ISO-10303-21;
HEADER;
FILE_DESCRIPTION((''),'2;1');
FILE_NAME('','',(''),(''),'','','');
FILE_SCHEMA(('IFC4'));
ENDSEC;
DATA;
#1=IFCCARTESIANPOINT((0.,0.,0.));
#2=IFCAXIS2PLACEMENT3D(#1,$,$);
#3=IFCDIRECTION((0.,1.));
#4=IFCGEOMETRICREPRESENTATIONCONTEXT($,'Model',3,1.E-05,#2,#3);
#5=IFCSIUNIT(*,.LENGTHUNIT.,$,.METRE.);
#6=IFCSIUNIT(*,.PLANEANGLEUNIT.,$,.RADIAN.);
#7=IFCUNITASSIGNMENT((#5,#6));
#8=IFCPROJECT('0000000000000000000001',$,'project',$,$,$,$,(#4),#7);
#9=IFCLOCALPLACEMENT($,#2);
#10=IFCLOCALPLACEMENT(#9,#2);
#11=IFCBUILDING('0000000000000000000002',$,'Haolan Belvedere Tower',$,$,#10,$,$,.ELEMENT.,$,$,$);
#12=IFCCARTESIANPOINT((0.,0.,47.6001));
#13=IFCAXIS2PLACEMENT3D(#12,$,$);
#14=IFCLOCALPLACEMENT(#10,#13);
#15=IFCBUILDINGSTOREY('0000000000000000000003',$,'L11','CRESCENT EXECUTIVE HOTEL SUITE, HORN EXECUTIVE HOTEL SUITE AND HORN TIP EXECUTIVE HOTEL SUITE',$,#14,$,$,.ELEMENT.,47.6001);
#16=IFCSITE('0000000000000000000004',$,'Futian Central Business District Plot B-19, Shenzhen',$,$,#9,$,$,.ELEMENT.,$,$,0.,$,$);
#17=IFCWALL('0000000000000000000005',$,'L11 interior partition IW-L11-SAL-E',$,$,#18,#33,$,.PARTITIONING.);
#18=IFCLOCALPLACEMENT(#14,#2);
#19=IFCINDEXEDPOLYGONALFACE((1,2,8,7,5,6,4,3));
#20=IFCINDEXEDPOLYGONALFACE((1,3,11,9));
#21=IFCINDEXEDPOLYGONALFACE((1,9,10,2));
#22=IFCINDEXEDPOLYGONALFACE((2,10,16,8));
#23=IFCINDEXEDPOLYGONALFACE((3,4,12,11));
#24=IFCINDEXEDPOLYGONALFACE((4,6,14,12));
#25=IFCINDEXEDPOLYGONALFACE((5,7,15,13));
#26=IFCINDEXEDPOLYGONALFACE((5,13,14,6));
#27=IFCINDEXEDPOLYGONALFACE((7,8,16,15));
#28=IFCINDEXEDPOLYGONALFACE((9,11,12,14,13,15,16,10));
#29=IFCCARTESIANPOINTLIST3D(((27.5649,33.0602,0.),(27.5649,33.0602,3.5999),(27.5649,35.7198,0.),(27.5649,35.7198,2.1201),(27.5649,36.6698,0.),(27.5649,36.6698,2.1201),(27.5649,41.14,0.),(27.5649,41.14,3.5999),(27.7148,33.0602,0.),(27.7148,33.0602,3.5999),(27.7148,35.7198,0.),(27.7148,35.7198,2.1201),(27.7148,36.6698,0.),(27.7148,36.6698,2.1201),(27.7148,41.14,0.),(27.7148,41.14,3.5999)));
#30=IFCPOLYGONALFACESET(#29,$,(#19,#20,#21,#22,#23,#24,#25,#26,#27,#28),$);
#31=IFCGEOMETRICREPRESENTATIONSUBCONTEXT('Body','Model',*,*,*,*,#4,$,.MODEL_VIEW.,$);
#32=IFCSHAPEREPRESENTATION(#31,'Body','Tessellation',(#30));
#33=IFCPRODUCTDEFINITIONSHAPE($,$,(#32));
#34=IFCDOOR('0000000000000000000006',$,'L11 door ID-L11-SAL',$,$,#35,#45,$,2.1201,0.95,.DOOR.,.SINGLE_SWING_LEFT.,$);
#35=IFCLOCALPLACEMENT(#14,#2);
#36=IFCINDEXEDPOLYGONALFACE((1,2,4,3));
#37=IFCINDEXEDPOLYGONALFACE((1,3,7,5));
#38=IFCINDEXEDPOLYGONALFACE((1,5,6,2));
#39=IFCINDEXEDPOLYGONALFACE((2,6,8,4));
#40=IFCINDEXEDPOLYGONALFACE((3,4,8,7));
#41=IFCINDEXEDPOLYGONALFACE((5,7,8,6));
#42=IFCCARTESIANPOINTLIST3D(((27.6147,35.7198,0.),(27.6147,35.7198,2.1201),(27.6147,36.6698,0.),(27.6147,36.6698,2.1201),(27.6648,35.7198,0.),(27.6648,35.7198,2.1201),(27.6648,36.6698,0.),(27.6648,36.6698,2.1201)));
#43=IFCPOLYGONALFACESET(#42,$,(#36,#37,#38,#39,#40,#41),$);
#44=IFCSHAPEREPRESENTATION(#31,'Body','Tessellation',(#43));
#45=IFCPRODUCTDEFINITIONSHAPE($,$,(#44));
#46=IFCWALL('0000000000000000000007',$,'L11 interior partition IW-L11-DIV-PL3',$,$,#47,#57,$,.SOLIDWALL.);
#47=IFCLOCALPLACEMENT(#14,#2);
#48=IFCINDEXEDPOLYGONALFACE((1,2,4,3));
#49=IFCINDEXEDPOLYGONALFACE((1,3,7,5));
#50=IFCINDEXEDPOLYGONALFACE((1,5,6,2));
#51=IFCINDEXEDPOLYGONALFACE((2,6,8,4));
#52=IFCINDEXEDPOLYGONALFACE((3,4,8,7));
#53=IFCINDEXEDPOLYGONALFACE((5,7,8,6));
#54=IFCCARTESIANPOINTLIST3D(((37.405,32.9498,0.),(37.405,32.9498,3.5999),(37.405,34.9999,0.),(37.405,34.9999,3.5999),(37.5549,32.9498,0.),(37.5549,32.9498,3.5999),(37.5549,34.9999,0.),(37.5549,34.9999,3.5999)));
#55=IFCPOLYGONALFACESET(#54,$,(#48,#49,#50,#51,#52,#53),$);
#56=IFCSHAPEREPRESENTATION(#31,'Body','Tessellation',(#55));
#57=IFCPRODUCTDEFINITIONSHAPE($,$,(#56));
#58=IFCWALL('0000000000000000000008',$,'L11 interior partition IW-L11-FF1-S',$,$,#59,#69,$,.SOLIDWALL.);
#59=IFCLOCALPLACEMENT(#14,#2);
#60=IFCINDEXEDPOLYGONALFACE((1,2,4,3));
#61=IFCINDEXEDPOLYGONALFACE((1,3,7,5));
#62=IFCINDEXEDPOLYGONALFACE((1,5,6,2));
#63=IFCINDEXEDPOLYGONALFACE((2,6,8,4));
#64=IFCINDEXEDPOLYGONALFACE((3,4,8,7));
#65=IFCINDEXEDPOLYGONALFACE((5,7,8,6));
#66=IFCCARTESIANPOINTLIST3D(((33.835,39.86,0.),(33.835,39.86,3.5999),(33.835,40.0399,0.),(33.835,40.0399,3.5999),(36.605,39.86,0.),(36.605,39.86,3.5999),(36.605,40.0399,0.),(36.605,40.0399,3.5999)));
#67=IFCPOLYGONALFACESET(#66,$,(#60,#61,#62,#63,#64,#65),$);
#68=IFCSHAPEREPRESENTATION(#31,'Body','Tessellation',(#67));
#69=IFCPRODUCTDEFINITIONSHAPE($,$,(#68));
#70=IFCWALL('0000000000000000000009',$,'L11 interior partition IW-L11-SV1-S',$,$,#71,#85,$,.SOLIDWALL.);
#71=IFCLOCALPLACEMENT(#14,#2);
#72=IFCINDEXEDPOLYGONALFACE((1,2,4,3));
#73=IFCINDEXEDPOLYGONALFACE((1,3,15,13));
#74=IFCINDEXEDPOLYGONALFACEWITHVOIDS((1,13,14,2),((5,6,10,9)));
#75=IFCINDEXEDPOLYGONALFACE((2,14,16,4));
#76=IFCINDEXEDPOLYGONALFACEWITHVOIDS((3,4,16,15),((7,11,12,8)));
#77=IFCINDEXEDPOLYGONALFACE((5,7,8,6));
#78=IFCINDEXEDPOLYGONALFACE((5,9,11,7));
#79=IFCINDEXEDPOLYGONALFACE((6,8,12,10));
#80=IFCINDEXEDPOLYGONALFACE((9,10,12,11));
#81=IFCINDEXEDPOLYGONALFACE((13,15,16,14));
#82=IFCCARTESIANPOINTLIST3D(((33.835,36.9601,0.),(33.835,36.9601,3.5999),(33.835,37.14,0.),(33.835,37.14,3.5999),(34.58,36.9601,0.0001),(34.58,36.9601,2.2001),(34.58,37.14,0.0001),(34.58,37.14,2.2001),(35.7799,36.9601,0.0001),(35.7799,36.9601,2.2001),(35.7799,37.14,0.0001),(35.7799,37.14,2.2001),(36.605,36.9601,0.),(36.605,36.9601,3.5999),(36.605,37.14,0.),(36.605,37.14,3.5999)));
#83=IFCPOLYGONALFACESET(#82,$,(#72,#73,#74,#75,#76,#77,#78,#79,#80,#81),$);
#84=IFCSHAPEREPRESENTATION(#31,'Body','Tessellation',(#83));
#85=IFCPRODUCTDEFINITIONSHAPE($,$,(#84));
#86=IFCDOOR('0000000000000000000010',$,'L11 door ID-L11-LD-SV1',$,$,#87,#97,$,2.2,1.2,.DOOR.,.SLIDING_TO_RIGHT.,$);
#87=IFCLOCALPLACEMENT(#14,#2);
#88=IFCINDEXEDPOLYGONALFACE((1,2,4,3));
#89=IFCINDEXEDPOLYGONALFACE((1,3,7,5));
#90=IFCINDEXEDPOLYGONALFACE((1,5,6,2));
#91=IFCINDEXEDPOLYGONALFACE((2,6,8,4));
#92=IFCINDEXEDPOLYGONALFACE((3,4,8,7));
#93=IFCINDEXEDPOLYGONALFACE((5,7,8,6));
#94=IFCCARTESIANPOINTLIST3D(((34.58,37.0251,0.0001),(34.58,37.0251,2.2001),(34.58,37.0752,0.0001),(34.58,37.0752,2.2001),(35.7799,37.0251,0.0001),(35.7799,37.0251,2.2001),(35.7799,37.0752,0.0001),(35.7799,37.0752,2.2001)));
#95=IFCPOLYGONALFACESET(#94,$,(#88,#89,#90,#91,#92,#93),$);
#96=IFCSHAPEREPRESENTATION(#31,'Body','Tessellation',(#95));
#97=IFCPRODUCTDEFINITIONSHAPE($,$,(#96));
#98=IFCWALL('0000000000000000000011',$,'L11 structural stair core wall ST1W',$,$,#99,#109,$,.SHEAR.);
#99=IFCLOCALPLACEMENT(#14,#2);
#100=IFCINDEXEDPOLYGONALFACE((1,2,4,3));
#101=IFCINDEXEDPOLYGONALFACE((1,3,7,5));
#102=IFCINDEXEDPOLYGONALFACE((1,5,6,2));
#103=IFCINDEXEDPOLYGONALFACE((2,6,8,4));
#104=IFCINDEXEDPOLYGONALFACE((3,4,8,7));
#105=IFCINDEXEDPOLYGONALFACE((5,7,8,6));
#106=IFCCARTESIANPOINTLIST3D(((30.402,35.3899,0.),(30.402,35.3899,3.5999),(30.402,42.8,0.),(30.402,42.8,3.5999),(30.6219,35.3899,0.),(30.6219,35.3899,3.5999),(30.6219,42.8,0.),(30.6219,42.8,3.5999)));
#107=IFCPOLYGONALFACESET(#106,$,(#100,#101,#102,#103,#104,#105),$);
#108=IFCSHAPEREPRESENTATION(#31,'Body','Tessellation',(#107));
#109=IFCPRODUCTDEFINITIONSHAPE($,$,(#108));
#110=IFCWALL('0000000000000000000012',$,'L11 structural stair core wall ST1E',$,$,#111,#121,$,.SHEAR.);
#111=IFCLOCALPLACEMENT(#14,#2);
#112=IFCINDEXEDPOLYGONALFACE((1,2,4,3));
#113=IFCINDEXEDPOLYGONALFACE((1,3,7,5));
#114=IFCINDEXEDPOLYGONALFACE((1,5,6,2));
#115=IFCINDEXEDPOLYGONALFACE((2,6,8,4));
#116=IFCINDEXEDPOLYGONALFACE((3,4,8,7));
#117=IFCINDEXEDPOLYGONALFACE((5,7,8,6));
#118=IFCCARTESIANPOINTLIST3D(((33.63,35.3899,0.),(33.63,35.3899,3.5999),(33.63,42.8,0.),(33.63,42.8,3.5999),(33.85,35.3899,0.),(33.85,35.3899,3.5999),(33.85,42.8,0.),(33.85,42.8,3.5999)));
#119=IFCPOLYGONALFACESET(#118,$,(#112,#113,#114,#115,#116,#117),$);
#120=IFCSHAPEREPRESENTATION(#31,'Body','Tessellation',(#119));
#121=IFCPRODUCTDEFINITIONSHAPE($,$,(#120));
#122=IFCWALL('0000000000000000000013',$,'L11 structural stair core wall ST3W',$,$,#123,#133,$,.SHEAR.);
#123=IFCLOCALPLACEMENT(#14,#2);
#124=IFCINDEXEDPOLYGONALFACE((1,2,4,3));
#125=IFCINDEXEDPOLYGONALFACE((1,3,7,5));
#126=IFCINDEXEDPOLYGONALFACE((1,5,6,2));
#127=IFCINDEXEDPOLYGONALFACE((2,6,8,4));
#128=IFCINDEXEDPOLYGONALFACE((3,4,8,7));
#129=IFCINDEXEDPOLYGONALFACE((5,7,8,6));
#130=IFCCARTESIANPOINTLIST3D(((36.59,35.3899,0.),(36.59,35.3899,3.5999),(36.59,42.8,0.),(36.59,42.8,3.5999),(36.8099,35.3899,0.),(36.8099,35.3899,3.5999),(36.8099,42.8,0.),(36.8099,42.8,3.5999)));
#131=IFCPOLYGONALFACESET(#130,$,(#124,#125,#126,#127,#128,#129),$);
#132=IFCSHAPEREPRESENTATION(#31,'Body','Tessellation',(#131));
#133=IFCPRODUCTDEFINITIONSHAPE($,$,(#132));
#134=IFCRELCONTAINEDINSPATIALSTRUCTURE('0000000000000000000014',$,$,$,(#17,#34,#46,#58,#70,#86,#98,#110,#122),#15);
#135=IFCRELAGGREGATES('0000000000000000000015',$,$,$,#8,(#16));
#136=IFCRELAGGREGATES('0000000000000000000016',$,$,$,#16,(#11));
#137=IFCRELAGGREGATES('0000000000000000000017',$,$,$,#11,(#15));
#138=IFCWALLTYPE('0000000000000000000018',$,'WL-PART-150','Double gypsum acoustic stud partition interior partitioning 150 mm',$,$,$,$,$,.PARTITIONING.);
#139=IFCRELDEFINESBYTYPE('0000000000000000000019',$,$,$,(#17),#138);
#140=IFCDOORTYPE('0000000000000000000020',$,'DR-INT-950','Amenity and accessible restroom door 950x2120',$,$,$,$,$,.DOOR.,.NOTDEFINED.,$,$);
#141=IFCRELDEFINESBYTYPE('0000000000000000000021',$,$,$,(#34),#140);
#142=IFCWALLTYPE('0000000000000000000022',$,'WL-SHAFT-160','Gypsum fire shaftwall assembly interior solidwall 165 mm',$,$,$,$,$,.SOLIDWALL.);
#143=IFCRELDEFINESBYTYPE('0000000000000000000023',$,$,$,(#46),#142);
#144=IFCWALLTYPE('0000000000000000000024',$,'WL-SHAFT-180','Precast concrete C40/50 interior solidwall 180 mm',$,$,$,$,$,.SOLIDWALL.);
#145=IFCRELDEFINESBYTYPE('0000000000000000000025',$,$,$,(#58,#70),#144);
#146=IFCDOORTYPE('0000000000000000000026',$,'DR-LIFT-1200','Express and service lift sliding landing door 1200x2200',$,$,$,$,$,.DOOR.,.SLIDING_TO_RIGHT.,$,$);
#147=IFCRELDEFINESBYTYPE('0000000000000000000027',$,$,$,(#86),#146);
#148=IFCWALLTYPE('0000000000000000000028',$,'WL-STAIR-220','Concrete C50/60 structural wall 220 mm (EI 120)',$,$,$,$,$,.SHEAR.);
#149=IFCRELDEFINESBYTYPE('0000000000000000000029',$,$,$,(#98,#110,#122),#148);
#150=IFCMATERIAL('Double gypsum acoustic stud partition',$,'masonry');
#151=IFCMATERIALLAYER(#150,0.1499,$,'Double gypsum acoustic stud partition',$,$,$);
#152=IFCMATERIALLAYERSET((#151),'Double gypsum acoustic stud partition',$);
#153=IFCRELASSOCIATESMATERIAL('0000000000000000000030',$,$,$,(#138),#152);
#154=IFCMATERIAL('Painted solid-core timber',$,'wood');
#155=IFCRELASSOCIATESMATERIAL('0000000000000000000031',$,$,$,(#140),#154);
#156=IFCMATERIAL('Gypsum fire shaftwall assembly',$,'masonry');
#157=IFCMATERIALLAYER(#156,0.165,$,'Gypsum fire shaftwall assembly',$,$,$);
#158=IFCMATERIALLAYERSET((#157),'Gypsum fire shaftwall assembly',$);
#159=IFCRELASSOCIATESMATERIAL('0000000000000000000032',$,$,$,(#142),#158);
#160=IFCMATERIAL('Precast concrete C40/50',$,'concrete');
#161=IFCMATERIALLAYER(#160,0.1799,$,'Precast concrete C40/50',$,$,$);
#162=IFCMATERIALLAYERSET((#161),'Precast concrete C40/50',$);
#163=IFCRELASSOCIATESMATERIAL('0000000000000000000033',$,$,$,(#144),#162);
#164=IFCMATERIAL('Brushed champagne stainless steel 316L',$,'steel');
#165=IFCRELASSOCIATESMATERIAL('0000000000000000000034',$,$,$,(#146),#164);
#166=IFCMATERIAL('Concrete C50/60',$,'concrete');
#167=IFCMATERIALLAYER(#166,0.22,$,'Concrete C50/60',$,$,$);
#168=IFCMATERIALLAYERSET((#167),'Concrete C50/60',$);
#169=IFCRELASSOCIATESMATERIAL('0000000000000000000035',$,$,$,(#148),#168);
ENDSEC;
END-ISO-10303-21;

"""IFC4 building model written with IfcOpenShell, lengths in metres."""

from ifc_helpers import new_model, si_unit, direction, frame, frame_2d, origin, place, context, subcontext, project, spatial, rectangle, extrude, material, layer, layer_set, type_object, element, fill, save


model = new_model("IFC4")

# Units and contexts
model_context = context("Model", 3, precision=1e-05, world=origin(), true_north=direction((0.0, 1.0)))
body_context = subcontext(model_context, "Body", "Model", "MODEL_VIEW")
ifc_project = project(units=[si_unit("LENGTHUNIT", "METRE"), si_unit("PLANEANGLEUNIT", "RADIAN")], contexts=[model_context])

# Site, building, storey
site_placement = place(None, origin())
site = spatial("IfcSite", under=ifc_project, at=site_placement, Name="Futian Central Business District Plot B-19, Shenzhen", CompositionType="ELEMENT", RefElevation=0.0)
building_placement = place(site_placement, origin())
building = spatial("IfcBuilding", under=site, at=building_placement, Name="Haolan Belvedere Tower", CompositionType="ELEMENT")
storey_placement = place(building_placement, frame((0.0, 0.0, 47.6001)))
storey = spatial("IfcBuildingStorey", under=building, at=storey_placement, Name="L11", Description="CRESCENT EXECUTIVE HOTEL SUITE, HORN EXECUTIVE HOTEL SUITE AND HORN TIP EXECUTIVE HOTEL SUITE", CompositionType="ELEMENT", Elevation=47.6001)

# Wall, opening, door
ifc_material_1 = material(Name="Double gypsum acoustic stud partition", Category="masonry")
ifc_layer_1 = layer(ifc_material_1, 0.1499, Name="Double gypsum acoustic stud partition")
ifc_layer_set_1 = layer_set([ifc_layer_1], Name="Double gypsum acoustic stud partition")
wall_type_1 = type_object("IfcWallType", Name="WL-PART-150", Description="Double gypsum acoustic stud partition interior partitioning 150 mm", PredefinedType="PARTITIONING", material=ifc_layer_set_1)
wall_1_placement = place(storey_placement, frame((27.6399, 33.0601, 0.0), z_axis=(0.0, 0.0, 1.0), x_axis=(0.0, 1.0, 0.0)))
wall_1 = element("IfcWall", 1, at=wall_1_placement, inside=storey, type_object=wall_type_1, Name="L11 interior partition IW-L11-SAL-E", PredefinedType="PARTITIONING", context=body_context, shape_type="SweptSolid", body=[
    extrude(rectangle(XDim=8.0798, YDim=0.1499, at=frame_2d((4.04, 0.0))), origin(), (0.0, 0.0, 1.0), 3.5999),
])
opening_1_placement = place(wall_1_placement, frame((3.6099, 0.0, 0.0), z_axis=(0.0, 0.0, 1.0), x_axis=(-1.0, 0.0, 0.0)))
opening_1 = element("IfcOpeningElement", 2, at=opening_1_placement, cuts=wall_1, PredefinedType="OPENING", context=body_context, shape_type="SweptSolid", body=[
    extrude(rectangle(XDim=0.95, YDim=2.1201, at=frame_2d((0.4751, 1.0601))), frame((0.0, 0.085, 0.0), z_axis=(0.0, -1.0, 0.0), x_axis=(1.0, 0.0, 0.0)), (0.0, 0.0, 1.0), 0.1699),
])
ifc_material_2 = material(Name="Painted solid-core timber", Category="wood")
door_type_1 = type_object("IfcDoorType", Name="DR-INT-950", Description="Amenity and accessible restroom door 950x2120", OperationType="NOTDEFINED", PredefinedType="DOOR", material=ifc_material_2)
door_1_placement = place(opening_1_placement, origin())
door_1 = element("IfcDoor", 3, at=door_1_placement, inside=storey, type_object=door_type_1, Name="L11 door ID-L11-SAL", OperationType="SINGLE_SWING_LEFT", OverallHeight=2.1201, OverallWidth=0.95, PredefinedType="DOOR", context=body_context, shape_type="SweptSolid", body=[
    extrude(rectangle(XDim=0.95, YDim=2.1201, at=frame_2d((0.4751, 1.0601))), frame((0.0, 0.0249, 0.0), z_axis=(0.0, -1.0, 0.0), x_axis=(1.0, 0.0, 0.0)), (0.0, 0.0, 1.0), 0.05),
])
fill(opening_1, door_1)

# Walls
ifc_material_3 = material(Name="Gypsum fire shaftwall assembly", Category="masonry")
ifc_layer_2 = layer(ifc_material_3, 0.165, Name="Gypsum fire shaftwall assembly")
ifc_layer_set_2 = layer_set([ifc_layer_2], Name="Gypsum fire shaftwall assembly")
wall_type_2 = type_object("IfcWallType", Name="WL-SHAFT-160", Description="Gypsum fire shaftwall assembly interior solidwall 165 mm", PredefinedType="SOLIDWALL", material=ifc_layer_set_2)
wall_2_placement = place(storey_placement, frame((37.48, 32.95, 0.0), z_axis=(0.0, 0.0, 1.0), x_axis=(0.0, 1.0, 0.0)))
element("IfcWall", 4, at=wall_2_placement, inside=storey, type_object=wall_type_2, Name="L11 interior partition IW-L11-DIV-PL3", PredefinedType="SOLIDWALL", context=body_context, shape_type="SweptSolid", body=[
    extrude(rectangle(XDim=2.05, YDim=0.1499, at=frame_2d((1.0249, 0.0))), origin(), (0.0, 0.0, 1.0), 3.5999),
])
ifc_material_4 = material(Name="Precast concrete C40/50", Category="concrete")
ifc_layer_3 = layer(ifc_material_4, 0.1799, Name="Precast concrete C40/50")
ifc_layer_set_3 = layer_set([ifc_layer_3], Name="Precast concrete C40/50")
wall_type_3 = type_object("IfcWallType", Name="WL-SHAFT-180", Description="Precast concrete C40/50 interior solidwall 180 mm", PredefinedType="SOLIDWALL", material=ifc_layer_set_3)
wall_3_placement = place(storey_placement, frame((33.835, 39.95, 0.0), z_axis=(0.0, 0.0, 1.0), x_axis=(1.0, 0.0, 0.0)))
element("IfcWall", 5, at=wall_3_placement, inside=storey, type_object=wall_type_3, Name="L11 interior partition IW-L11-FF1-S", PredefinedType="SOLIDWALL", context=body_context, shape_type="SweptSolid", body=[
    extrude(rectangle(XDim=2.77, YDim=0.1799, at=frame_2d((1.385, 0.0))), origin(), (0.0, 0.0, 1.0), 3.5999),
])

# Wall, opening, door
wall_4_placement = place(storey_placement, frame((33.835, 37.05, 0.0), z_axis=(0.0, 0.0, 1.0), x_axis=(1.0, 0.0, 0.0)))
wall_4 = element("IfcWall", 6, at=wall_4_placement, inside=storey, type_object=wall_type_3, Name="L11 interior partition IW-L11-SV1-S", PredefinedType="SOLIDWALL", context=body_context, shape_type="SweptSolid", body=[
    extrude(rectangle(XDim=2.77, YDim=0.1799, at=frame_2d((1.385, 0.0))), origin(), (0.0, 0.0, 1.0), 3.5999),
])
opening_2_placement = place(wall_4_placement, frame((1.9451, 0.0, 0.0), z_axis=(0.0, 0.0, 1.0), x_axis=(-1.0, 0.0, 0.0)))
opening_2 = element("IfcOpeningElement", 7, at=opening_2_placement, cuts=wall_4, PredefinedType="OPENING", context=body_context, shape_type="SweptSolid", body=[
    extrude(rectangle(XDim=1.2, YDim=2.2, at=frame_2d((0.6001, 1.1001))), frame((0.0, 0.0999, 0.0), z_axis=(0.0, -1.0, 0.0), x_axis=(1.0, 0.0, 0.0)), (0.0, 0.0, 1.0), 0.2),
])
ifc_material_5 = material(Name="Brushed champagne stainless steel 316L", Category="steel")
door_type_2 = type_object("IfcDoorType", Name="DR-LIFT-1200", Description="Express and service lift sliding landing door 1200x2200", OperationType="SLIDING_TO_RIGHT", PredefinedType="DOOR", material=ifc_material_5)
door_2_placement = place(opening_2_placement, origin())
door_2 = element("IfcDoor", 8, at=door_2_placement, inside=storey, type_object=door_type_2, Name="L11 door ID-L11-LD-SV1", OperationType="SLIDING_TO_RIGHT", OverallHeight=2.2, OverallWidth=1.2, PredefinedType="DOOR", context=body_context, shape_type="SweptSolid", body=[
    extrude(rectangle(XDim=1.2, YDim=2.2, at=frame_2d((0.6001, 1.1001))), frame((0.0, 0.0249, 0.0), z_axis=(0.0, -1.0, 0.0), x_axis=(1.0, 0.0, 0.0)), (0.0, 0.0, 1.0), 0.05),
])
fill(opening_2, door_2)

# Walls
ifc_material_6 = material(Name="Concrete C50/60", Category="concrete")
ifc_layer_4 = layer(ifc_material_6, 0.22, Name="Concrete C50/60")
ifc_layer_set_4 = layer_set([ifc_layer_4], Name="Concrete C50/60")
wall_type_4 = type_object("IfcWallType", Name="WL-STAIR-220", Description="Concrete C50/60 structural wall 220 mm (EI 120)", PredefinedType="SHEAR", material=ifc_layer_set_4)
for number, where, z_axis, x_axis, name in (
    (9, (30.512, 35.3899, 0.0), (0.0, 0.0, 1.0), (0.0, 1.0, 0.0), "L11 structural stair core wall ST1W"),
    (10, (33.74, 35.3899, 0.0), (0.0, 0.0, 1.0), (0.0, 1.0, 0.0), "L11 structural stair core wall ST1E"),
    (11, (36.7, 35.3899, 0.0), (0.0, 0.0, 1.0), (0.0, 1.0, 0.0), "L11 structural stair core wall ST3W"),
):
    element("IfcWall", number, at=place(storey_placement, frame(where, z_axis=z_axis, x_axis=x_axis)), inside=storey, type_object=wall_type_4, Name=name, PredefinedType="SHEAR", context=body_context, shape_type="SweptSolid", body=[
        extrude(rectangle(XDim=7.4102, YDim=0.22, at=frame_2d((3.7051, 0.0))), origin(), (0.0, 0.0, 1.0), 3.5999),
    ])

save(model, "model.ifc")
